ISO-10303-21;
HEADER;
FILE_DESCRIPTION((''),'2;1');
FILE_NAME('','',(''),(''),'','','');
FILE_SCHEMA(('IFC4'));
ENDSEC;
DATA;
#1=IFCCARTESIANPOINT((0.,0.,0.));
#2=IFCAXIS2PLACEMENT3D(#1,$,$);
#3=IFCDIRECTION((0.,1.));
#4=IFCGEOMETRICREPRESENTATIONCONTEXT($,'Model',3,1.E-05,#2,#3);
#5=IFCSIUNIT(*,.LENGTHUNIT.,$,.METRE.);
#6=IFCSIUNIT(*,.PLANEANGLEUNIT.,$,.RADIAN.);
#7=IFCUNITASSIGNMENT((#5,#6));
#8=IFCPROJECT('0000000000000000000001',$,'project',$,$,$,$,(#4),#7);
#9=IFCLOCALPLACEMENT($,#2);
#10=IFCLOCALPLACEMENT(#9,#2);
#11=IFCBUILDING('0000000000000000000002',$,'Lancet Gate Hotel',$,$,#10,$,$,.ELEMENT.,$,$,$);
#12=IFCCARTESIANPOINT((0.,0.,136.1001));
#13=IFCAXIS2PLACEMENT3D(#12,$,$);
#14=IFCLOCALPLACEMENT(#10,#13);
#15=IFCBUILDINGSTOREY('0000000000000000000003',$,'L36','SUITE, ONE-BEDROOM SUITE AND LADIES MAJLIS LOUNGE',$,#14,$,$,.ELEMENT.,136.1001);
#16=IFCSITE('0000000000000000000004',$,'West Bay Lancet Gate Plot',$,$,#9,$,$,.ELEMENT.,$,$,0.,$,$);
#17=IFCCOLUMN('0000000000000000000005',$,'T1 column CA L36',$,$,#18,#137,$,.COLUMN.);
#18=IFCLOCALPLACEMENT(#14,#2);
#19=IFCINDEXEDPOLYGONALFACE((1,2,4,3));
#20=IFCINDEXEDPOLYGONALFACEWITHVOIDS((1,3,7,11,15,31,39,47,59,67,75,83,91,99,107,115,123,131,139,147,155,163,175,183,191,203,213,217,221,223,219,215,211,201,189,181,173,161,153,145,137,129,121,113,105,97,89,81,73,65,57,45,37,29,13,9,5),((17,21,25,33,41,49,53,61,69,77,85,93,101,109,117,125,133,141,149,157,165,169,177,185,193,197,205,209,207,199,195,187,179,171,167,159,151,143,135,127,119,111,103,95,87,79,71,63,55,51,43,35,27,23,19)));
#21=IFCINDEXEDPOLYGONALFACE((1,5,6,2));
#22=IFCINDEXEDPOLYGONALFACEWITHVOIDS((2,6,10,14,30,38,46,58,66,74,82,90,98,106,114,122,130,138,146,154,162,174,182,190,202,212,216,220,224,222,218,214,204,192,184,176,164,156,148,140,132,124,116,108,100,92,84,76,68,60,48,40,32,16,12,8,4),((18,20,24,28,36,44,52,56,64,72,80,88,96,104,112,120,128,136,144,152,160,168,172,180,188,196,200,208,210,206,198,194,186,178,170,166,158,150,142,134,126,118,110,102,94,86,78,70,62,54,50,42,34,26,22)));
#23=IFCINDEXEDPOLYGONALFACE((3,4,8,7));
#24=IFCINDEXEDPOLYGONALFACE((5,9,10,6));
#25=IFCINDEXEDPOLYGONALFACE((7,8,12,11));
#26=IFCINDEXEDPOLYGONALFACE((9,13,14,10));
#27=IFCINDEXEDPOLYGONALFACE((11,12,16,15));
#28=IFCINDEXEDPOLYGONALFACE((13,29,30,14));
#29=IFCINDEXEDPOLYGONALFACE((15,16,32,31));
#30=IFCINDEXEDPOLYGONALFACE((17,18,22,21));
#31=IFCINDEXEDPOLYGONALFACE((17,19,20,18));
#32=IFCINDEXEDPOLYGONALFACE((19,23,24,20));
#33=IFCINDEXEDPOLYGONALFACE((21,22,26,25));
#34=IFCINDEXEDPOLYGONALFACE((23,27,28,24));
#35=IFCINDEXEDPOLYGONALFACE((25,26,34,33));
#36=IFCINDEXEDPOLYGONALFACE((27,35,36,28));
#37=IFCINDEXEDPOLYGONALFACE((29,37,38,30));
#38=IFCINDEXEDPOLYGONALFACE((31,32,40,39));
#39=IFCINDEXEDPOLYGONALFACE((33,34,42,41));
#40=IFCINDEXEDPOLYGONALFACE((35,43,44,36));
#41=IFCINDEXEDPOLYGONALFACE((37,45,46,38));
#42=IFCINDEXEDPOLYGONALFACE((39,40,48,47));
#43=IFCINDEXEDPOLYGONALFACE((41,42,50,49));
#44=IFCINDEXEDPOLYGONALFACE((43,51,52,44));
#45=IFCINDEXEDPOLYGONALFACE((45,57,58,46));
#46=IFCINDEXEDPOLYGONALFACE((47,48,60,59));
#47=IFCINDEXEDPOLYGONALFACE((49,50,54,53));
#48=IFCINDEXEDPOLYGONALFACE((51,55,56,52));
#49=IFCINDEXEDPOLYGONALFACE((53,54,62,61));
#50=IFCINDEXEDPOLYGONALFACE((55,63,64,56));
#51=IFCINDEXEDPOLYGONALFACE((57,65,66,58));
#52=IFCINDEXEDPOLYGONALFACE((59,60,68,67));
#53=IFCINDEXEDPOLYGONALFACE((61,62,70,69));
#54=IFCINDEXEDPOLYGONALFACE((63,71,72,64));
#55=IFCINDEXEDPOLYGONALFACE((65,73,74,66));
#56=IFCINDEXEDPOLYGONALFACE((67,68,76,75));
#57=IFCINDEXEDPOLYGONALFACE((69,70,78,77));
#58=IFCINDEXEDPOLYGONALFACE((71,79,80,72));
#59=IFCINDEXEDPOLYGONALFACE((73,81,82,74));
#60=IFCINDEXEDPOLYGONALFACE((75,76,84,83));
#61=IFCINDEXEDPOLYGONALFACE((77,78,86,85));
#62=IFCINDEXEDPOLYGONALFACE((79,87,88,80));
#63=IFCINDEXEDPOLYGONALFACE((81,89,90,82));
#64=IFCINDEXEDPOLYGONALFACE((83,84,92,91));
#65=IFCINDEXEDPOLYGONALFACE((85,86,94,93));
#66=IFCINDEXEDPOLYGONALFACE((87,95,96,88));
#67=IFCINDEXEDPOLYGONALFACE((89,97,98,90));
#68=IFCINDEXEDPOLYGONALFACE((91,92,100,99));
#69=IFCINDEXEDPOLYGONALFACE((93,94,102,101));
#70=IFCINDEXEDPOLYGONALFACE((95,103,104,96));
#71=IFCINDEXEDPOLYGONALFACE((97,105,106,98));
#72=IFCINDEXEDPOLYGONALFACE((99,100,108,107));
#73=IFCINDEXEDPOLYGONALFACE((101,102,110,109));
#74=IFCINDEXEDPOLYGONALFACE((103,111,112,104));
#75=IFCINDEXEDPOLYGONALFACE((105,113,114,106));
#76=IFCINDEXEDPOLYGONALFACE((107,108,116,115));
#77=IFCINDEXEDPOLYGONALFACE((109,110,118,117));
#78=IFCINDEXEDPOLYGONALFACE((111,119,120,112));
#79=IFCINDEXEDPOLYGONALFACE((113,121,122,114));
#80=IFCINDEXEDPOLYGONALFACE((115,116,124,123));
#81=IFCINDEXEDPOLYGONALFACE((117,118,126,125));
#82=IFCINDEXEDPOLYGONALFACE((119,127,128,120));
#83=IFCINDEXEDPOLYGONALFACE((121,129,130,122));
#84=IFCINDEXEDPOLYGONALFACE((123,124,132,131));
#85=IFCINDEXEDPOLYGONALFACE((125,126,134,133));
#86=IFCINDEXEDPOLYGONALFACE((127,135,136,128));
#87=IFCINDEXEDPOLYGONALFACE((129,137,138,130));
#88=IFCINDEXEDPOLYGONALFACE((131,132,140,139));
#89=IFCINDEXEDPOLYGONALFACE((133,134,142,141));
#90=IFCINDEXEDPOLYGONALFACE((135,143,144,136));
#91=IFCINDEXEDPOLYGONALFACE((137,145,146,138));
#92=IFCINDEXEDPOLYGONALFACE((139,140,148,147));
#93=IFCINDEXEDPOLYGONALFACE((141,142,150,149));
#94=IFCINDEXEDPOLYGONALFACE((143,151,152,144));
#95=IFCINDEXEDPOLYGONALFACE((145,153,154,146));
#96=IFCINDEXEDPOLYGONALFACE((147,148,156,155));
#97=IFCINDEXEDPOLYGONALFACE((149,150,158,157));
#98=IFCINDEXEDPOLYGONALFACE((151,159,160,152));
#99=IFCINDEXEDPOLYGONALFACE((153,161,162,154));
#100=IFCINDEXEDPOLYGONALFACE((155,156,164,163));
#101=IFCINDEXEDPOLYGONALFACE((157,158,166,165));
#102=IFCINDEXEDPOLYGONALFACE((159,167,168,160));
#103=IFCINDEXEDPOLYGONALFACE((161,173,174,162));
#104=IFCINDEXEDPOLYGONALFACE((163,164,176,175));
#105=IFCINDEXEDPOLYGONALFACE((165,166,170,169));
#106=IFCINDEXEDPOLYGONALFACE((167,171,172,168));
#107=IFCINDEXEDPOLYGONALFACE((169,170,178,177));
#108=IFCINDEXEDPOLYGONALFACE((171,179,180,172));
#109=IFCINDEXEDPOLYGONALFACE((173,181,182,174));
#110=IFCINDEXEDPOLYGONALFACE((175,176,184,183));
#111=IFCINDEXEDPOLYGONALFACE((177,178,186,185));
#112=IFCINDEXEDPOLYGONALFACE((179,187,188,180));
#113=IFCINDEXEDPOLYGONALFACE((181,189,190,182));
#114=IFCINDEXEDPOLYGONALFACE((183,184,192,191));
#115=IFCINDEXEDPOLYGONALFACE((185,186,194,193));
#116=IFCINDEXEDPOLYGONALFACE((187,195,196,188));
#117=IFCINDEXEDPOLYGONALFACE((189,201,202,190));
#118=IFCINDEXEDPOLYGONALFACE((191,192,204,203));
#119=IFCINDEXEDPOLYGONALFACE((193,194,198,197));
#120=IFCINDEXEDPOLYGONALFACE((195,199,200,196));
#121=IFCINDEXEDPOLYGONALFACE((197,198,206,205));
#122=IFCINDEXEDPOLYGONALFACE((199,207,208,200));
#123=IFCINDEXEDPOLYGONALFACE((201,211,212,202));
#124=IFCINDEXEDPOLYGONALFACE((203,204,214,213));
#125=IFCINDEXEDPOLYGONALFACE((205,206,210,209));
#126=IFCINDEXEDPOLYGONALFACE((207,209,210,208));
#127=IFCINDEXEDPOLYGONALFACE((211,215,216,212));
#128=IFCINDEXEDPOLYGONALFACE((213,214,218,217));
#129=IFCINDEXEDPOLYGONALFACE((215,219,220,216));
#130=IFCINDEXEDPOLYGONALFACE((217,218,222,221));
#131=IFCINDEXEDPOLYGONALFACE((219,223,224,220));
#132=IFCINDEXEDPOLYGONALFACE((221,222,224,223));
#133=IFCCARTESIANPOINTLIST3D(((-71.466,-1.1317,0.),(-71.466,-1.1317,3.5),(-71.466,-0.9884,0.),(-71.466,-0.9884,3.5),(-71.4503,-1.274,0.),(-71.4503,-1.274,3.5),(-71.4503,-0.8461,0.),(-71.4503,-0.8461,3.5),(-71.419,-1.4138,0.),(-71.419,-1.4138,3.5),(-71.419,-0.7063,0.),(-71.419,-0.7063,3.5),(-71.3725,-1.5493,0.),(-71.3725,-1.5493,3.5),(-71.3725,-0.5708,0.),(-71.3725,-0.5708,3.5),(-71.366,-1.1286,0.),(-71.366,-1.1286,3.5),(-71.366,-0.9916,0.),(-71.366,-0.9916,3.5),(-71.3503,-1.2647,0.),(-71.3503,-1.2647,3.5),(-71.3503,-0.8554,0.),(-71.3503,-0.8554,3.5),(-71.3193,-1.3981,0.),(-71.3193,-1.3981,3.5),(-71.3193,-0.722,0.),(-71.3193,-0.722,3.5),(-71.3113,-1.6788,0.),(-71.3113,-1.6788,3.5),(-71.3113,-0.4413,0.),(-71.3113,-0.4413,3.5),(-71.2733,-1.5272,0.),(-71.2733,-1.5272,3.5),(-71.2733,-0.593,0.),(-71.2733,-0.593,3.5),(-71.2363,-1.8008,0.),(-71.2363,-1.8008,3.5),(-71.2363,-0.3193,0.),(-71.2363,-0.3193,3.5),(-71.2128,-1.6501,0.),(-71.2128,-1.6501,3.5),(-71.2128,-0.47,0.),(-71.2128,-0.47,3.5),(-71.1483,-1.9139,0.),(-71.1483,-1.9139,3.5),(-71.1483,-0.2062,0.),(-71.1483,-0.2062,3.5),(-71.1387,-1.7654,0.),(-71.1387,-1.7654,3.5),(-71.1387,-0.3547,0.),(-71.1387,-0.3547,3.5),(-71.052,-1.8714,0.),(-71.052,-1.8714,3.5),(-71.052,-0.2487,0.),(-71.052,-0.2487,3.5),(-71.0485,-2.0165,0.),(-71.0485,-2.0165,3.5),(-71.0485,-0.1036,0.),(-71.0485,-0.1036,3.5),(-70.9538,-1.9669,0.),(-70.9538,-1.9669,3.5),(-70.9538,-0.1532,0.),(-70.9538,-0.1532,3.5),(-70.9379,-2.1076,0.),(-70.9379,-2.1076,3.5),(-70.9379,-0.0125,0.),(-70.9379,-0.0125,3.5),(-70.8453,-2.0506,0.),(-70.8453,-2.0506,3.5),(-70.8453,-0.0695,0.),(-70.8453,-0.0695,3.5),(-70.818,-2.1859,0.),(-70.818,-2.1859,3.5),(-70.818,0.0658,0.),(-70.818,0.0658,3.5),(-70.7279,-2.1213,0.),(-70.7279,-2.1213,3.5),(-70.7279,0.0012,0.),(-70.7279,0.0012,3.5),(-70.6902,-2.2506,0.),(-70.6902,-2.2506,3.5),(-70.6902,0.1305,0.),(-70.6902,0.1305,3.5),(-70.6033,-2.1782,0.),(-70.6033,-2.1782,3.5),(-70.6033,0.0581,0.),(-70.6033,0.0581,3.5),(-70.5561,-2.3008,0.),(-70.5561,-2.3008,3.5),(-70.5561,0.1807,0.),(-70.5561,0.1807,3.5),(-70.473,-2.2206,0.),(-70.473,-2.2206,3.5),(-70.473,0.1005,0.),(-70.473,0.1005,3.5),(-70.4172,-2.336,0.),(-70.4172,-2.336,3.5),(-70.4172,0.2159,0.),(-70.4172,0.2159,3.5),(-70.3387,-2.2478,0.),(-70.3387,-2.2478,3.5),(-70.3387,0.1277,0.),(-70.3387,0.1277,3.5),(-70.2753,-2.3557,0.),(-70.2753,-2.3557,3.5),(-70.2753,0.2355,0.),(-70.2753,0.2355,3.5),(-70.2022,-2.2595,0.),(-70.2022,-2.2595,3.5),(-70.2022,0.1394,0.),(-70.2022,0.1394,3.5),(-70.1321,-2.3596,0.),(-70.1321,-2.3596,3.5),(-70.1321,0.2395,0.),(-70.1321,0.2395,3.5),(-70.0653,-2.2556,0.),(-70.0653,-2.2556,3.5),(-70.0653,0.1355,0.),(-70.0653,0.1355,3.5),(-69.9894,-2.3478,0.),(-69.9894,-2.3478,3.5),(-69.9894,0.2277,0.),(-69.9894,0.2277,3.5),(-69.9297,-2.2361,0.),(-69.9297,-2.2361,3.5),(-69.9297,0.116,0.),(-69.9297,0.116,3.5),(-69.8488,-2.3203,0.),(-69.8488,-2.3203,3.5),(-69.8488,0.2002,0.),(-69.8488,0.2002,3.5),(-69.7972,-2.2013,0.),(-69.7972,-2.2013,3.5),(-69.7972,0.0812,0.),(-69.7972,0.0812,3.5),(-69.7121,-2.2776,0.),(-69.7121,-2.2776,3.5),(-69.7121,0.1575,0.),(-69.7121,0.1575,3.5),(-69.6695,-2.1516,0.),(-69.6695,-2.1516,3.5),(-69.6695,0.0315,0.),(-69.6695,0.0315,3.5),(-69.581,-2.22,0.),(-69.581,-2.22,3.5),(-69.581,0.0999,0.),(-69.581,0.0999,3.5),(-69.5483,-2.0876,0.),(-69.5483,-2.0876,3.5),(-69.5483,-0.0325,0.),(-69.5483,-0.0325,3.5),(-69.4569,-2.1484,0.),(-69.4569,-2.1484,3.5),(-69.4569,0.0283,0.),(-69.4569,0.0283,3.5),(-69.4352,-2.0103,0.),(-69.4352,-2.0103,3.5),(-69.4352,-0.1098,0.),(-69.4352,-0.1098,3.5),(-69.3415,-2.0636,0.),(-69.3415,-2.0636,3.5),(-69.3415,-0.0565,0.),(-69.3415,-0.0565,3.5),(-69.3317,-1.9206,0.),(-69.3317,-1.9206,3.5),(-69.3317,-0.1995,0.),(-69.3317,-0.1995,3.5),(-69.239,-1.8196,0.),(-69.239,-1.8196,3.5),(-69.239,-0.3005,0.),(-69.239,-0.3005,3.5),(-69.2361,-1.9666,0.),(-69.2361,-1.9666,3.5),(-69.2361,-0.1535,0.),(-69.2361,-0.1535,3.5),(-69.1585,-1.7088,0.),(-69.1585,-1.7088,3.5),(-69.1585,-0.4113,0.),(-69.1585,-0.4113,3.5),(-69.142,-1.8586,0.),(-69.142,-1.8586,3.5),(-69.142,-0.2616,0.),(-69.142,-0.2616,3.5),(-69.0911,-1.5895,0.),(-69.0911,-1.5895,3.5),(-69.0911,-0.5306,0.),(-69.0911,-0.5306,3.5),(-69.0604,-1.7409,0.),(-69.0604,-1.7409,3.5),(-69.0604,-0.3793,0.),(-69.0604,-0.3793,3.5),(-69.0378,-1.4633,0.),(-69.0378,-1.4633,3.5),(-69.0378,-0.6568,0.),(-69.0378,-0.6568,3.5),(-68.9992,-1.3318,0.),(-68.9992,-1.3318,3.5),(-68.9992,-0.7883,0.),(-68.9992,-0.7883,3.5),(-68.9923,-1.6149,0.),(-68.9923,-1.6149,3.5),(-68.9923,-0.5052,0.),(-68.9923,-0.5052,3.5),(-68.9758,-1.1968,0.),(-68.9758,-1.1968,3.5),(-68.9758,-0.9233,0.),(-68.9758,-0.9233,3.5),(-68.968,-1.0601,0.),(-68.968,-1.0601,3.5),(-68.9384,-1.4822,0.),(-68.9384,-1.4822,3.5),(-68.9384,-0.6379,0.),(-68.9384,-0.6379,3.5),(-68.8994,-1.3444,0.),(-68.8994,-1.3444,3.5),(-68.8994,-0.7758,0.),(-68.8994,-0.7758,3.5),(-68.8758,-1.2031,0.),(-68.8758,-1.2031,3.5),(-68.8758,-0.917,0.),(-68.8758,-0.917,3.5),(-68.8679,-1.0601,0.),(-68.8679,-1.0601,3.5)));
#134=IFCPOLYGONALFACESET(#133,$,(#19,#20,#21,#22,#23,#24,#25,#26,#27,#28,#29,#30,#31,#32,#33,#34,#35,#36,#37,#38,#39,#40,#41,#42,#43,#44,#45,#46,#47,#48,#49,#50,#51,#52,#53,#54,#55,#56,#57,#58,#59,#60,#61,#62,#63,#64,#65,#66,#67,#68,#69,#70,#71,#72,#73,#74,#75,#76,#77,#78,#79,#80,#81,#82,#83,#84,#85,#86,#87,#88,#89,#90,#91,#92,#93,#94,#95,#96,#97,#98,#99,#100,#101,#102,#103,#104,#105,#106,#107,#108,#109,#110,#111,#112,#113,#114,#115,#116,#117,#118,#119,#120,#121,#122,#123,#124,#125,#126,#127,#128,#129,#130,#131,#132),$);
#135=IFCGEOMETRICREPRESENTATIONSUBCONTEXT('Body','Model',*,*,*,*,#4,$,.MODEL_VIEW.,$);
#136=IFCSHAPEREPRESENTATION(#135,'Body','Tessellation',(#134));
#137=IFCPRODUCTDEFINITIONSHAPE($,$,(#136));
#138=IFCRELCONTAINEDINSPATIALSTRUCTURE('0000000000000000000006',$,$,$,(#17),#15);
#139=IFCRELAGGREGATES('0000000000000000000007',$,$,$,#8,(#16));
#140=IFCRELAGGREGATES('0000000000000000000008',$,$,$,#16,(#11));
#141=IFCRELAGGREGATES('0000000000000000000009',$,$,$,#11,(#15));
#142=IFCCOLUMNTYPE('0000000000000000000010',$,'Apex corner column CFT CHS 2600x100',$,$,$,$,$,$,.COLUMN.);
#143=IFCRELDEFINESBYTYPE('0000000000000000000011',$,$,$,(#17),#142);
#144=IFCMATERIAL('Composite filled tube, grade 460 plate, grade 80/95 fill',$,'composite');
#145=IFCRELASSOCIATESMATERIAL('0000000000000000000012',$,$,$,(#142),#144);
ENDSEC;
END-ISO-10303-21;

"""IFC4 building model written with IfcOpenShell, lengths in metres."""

from ifc_helpers import new_model, si_unit, direction, frame, origin, origin_2d, place, context, subcontext, project, spatial, hollow_circle, extrude, material, material_profile, profile_set, type_object, element, save


model = new_model("IFC4")

# Units and contexts
model_context = context("Model", 3, precision=1e-05, world=origin(), true_north=direction((0.0, 1.0)))
body_context = subcontext(model_context, "Body", "Model", "MODEL_VIEW")
ifc_project = project(units=[si_unit("LENGTHUNIT", "METRE"), si_unit("PLANEANGLEUNIT", "RADIAN")], contexts=[model_context])

# Site, building, storey
site_placement = place(None, origin())
site = spatial("IfcSite", under=ifc_project, at=site_placement, Name="West Bay Lancet Gate Plot", CompositionType="ELEMENT", RefElevation=0.0)
building_placement = place(site_placement, origin())
building = spatial("IfcBuilding", under=site, at=building_placement, Name="Lancet Gate Hotel", CompositionType="ELEMENT")
storey_placement = place(building_placement, frame((0.0, 0.0, 136.1001)))
storey = spatial("IfcBuildingStorey", under=building, at=storey_placement, Name="L36", Description="SUITE, ONE-BEDROOM SUITE AND LADIES MAJLIS LOUNGE", CompositionType="ELEMENT", Elevation=136.1001)

# Column
ifc_material_1 = material(Name="Composite filled tube, grade 460 plate, grade 80/95 fill", Category="composite")
ifc_material_profile_1 = material_profile(ifc_material_1, hollow_circle(Radius=1.3, WallThickness=0.1001, at=origin_2d()), Name="CHS 2600x100")
ifc_profile_set_1 = profile_set([ifc_material_profile_1], Name="Composite filled tube, grade 460 plate, grade 80/95 fill")
column_type_1 = type_object("IfcColumnType", Name="Apex corner column CFT CHS 2600x100", PredefinedType="COLUMN", material=ifc_profile_set_1)
column_1_placement = place(storey_placement, frame((-70.168, -1.0601, 0.0), z_axis=(0.0, 0.0, 1.0), x_axis=(1.0, 0.0, 0.0)))
element("IfcColumn", 1, at=column_1_placement, inside=storey, type_object=column_type_1, Name="T1 column CA L36", PredefinedType="COLUMN", context=body_context, shape_type="SweptSolid", body=[
    extrude(hollow_circle(Radius=1.3, WallThickness=0.1001, at=origin_2d()), origin(), (0.0, 0.0, 1.0), 3.5),
])

save(model, "model.ifc")
